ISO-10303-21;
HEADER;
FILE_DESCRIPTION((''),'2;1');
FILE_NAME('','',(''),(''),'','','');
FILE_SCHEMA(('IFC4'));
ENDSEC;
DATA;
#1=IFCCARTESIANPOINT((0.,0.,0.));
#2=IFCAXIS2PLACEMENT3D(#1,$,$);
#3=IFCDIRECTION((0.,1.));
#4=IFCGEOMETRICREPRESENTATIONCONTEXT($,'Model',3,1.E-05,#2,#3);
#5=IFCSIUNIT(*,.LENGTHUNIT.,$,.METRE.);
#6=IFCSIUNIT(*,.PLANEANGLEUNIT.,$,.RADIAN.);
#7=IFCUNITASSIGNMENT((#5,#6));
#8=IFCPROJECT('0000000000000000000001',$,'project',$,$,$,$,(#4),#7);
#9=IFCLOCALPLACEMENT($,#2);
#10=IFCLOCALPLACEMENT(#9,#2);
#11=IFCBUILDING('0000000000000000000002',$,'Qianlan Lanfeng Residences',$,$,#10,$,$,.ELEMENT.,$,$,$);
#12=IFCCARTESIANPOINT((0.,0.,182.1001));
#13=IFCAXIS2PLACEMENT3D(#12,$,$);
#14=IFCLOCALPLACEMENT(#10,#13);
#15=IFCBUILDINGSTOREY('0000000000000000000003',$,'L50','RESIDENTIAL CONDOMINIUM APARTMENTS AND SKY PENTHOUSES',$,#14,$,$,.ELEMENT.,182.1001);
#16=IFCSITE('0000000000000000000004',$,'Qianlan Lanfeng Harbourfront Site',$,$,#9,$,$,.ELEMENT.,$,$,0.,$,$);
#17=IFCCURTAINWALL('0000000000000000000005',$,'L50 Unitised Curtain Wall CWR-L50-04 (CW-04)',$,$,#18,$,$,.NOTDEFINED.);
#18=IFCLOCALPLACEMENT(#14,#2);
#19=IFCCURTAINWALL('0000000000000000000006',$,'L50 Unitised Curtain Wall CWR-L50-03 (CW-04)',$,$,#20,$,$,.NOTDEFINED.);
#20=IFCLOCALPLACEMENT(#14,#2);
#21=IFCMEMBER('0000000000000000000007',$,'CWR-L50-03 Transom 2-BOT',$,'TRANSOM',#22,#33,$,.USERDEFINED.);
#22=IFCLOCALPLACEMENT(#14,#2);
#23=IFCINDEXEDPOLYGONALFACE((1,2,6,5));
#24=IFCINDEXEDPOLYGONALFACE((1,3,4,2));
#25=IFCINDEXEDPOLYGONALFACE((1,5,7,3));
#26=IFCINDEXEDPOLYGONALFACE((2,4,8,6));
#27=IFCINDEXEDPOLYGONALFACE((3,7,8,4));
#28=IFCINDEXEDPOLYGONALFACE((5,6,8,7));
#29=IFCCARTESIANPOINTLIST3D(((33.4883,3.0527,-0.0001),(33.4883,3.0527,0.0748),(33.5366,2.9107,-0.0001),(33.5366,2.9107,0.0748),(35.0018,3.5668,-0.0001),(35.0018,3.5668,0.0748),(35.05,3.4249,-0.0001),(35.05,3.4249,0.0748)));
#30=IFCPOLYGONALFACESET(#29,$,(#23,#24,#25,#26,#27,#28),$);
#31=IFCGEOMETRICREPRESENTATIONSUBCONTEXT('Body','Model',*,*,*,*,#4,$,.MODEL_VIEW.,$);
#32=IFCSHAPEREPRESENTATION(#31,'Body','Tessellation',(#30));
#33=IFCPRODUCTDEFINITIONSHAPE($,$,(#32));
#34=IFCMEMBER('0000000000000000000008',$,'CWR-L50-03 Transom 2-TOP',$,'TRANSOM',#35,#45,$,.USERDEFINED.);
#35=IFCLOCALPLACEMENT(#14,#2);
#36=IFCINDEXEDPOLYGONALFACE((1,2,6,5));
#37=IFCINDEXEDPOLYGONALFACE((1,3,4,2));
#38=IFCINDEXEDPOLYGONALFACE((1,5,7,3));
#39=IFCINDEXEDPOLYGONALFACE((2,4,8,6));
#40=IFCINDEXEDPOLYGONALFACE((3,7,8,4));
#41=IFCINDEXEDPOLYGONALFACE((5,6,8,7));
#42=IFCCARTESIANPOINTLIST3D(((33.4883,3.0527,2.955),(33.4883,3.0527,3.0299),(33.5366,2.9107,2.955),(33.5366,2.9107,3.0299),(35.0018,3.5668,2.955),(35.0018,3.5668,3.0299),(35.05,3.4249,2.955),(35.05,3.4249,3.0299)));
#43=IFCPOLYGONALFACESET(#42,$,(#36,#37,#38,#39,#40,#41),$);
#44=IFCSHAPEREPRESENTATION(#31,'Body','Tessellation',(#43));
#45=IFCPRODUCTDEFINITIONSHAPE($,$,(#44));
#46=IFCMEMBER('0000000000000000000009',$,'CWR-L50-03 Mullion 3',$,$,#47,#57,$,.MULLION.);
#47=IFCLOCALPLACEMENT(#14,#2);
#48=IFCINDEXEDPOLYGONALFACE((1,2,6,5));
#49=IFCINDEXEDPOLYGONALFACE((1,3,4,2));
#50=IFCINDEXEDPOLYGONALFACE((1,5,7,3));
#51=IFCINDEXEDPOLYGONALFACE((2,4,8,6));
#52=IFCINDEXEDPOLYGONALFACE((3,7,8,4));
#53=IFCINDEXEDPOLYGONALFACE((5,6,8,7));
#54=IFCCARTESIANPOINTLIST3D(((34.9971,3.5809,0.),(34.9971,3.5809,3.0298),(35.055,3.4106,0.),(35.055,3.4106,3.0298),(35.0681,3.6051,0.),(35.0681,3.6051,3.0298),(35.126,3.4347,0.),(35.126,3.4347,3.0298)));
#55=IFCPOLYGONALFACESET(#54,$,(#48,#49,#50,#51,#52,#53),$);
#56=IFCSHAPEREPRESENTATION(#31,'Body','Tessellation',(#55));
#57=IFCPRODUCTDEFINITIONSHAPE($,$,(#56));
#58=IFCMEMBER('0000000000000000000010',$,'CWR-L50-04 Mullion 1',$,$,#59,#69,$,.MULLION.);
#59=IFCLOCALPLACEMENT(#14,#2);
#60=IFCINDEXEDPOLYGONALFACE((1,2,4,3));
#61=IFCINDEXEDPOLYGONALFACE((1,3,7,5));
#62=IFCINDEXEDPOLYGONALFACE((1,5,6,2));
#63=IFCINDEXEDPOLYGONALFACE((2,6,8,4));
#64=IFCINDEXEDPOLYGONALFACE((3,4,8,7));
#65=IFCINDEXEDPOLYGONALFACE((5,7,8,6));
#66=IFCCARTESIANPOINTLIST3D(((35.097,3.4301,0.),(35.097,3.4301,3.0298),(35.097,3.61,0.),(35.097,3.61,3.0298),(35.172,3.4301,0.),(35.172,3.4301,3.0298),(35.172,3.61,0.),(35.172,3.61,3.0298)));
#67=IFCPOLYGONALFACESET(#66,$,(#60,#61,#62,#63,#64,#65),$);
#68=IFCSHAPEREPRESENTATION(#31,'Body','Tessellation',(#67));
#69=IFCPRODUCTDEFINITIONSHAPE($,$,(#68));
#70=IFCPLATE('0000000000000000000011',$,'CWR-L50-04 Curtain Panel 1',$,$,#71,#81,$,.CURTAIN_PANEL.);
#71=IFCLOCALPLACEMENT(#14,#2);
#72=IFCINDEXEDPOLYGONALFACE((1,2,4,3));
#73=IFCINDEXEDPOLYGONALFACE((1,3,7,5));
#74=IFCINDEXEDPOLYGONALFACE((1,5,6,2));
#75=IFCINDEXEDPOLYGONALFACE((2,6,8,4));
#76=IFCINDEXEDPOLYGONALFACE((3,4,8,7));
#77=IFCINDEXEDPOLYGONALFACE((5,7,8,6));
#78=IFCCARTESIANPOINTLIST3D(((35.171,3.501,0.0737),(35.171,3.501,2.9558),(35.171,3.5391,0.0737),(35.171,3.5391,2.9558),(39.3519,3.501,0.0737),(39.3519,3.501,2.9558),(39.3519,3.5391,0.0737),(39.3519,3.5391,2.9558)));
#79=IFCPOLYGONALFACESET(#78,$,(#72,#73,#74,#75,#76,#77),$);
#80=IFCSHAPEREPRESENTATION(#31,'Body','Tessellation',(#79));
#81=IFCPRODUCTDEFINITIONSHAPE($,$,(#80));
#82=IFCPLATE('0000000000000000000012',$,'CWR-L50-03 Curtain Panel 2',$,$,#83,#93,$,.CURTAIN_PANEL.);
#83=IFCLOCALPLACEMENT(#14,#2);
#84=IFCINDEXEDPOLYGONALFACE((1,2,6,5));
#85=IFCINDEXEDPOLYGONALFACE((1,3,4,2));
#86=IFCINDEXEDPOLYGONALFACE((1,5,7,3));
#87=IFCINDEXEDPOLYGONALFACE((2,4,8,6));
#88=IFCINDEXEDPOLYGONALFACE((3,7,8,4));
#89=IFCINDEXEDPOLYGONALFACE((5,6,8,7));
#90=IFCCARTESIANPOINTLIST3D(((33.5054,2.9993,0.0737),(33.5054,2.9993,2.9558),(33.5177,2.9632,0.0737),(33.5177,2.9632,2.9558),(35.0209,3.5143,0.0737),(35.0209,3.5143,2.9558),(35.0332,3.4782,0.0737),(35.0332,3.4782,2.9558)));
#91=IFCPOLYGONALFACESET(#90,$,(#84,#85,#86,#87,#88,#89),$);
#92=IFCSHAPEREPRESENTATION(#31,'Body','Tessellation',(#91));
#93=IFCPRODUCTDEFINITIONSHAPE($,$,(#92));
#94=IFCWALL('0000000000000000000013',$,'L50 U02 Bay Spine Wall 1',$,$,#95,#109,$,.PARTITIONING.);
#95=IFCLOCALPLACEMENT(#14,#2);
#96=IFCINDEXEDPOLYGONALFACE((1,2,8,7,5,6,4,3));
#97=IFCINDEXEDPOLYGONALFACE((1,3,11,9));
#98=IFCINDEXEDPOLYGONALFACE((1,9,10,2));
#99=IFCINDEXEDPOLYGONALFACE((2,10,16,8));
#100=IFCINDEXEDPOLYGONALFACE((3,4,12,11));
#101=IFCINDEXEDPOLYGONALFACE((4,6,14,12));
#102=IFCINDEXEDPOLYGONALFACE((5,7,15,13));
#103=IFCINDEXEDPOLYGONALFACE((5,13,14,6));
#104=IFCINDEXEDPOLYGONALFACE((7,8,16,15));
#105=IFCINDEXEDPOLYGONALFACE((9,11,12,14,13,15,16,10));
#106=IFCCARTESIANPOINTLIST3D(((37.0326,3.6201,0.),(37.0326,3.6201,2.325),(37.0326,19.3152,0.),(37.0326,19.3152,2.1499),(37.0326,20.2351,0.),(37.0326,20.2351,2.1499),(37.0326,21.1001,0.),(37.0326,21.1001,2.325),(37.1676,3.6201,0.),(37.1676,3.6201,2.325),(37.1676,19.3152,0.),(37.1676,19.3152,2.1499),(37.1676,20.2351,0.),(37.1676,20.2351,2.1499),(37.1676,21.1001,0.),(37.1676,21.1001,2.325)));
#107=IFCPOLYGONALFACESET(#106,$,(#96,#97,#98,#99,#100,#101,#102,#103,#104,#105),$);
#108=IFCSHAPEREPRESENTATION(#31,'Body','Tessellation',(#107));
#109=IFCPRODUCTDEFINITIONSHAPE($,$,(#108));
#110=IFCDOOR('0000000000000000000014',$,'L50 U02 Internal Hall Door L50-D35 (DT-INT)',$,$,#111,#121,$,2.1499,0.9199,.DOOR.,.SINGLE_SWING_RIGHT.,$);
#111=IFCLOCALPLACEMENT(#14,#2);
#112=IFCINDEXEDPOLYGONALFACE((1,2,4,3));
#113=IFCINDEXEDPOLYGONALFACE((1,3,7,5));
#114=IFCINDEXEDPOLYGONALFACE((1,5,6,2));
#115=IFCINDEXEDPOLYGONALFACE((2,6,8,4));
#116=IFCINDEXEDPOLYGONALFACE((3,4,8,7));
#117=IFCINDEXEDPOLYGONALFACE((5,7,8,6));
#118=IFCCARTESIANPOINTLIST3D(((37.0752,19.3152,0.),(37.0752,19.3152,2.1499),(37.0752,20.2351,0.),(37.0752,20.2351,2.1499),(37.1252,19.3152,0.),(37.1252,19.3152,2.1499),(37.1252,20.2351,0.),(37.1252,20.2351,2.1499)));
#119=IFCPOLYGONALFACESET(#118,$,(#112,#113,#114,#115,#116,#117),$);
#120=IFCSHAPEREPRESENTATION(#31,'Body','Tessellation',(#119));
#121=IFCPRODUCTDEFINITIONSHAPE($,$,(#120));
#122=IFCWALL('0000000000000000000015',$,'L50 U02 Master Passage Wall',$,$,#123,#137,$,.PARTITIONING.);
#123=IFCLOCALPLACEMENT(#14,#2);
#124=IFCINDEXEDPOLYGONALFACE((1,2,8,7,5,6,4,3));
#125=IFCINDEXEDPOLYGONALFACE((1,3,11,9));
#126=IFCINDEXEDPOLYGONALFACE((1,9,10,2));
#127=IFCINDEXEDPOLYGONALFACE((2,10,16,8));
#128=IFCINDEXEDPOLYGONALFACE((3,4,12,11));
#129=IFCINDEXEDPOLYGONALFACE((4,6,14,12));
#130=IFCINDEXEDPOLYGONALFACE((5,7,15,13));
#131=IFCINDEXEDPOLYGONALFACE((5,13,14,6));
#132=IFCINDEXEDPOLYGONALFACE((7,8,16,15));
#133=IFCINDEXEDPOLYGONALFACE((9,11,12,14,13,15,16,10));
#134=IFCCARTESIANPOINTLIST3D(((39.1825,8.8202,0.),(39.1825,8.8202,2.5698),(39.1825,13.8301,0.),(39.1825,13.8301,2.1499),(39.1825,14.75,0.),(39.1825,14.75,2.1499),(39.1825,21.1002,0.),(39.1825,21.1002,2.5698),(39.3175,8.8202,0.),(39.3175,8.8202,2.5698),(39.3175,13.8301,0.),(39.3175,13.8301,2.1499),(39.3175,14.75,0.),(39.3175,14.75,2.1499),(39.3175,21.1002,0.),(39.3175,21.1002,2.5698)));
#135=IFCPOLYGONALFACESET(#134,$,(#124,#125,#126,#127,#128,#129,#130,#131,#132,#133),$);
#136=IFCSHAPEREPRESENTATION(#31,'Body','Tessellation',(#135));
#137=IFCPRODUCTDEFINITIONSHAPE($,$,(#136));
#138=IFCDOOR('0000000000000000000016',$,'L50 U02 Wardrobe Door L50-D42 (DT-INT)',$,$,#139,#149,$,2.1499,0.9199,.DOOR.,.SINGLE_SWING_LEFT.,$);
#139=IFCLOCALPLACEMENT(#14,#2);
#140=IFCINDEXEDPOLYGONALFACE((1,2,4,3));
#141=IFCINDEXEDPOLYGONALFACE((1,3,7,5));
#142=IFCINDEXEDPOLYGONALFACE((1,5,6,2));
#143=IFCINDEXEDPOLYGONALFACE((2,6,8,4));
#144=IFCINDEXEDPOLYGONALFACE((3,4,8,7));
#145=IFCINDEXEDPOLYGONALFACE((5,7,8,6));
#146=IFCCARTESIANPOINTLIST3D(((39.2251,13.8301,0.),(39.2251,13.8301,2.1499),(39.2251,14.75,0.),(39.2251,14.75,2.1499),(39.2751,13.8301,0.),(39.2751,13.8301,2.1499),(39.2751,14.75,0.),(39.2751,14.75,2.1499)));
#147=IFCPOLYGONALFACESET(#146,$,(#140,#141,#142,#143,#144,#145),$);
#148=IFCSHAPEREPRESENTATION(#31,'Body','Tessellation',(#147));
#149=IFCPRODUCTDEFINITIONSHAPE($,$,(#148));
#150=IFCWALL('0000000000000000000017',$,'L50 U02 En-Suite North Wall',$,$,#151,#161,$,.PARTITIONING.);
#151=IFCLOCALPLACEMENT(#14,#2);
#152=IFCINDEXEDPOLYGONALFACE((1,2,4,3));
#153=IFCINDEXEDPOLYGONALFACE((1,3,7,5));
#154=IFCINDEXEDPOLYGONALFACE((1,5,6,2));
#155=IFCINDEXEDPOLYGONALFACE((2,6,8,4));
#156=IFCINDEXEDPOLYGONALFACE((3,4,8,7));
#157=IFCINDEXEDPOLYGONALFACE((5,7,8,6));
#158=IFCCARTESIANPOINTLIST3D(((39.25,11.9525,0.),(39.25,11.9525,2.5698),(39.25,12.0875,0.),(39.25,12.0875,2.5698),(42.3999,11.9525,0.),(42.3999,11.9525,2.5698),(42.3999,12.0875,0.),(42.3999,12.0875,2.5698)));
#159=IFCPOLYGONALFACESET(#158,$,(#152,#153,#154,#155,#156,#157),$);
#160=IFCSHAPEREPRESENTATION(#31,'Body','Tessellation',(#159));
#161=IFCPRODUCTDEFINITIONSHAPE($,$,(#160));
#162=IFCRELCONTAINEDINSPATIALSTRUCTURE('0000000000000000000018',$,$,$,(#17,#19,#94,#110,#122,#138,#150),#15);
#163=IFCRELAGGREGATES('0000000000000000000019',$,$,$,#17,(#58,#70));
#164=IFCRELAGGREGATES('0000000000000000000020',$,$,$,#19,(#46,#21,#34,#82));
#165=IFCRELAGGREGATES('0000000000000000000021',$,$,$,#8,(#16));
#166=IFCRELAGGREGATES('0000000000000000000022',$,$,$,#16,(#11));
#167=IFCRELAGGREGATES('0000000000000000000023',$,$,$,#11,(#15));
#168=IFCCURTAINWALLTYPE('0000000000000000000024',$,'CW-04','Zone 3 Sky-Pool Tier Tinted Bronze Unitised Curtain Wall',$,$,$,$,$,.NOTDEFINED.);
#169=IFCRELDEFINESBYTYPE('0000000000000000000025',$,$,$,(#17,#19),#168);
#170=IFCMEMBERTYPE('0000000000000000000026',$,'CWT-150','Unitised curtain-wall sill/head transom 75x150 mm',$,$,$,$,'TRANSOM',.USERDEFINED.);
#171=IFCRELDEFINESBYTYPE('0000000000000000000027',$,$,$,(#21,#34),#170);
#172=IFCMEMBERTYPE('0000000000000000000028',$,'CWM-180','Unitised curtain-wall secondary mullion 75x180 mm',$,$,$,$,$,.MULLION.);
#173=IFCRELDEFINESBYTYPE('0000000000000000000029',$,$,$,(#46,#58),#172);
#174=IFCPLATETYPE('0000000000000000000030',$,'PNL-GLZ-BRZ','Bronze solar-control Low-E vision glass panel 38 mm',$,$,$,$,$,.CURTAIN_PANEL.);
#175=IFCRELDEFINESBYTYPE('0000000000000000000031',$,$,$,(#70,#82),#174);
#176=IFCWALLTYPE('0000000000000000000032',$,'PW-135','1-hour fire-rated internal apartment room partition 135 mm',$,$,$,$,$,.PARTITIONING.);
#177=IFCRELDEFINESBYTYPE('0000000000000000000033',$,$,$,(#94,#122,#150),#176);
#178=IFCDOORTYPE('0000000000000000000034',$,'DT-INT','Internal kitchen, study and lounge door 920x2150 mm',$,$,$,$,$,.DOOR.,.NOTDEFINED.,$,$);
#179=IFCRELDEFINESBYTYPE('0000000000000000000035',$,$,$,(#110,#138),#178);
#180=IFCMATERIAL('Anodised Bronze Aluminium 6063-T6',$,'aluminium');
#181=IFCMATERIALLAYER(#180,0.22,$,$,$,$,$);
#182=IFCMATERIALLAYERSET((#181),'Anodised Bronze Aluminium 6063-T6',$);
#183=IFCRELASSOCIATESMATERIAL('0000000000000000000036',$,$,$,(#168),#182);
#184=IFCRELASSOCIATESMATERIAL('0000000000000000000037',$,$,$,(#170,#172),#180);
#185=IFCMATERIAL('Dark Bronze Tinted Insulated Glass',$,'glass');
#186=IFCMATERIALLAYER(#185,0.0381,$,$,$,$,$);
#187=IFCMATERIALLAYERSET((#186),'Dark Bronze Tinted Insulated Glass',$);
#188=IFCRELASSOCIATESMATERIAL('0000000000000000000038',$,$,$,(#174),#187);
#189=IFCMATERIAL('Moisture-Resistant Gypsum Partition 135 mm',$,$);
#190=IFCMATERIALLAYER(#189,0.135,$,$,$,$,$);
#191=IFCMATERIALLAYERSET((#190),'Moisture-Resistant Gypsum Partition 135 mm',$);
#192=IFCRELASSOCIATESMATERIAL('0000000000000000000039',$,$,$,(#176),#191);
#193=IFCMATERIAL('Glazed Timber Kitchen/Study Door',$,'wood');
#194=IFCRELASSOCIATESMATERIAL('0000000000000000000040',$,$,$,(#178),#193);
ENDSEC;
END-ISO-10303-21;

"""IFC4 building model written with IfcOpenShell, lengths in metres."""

from ifc_helpers import new_model, si_unit, direction, frame, frame_2d, origin, origin_2d, place, context, subcontext, project, spatial, rectangle, extrude, source, transform, mapped, material, layer, layer_set, material_profile, profile_set, type_object, element, fill, aggregate, save


model = new_model("IFC4")

# Units and contexts
model_context = context("Model", 3, precision=1e-05, world=origin(), true_north=direction((0.0, 1.0)))
body_context = subcontext(model_context, "Body", "Model", "MODEL_VIEW")
ifc_project = project(units=[si_unit("LENGTHUNIT", "METRE"), si_unit("PLANEANGLEUNIT", "RADIAN")], contexts=[model_context])

# Site, building, storey
site_placement = place(None, origin())
site = spatial("IfcSite", under=ifc_project, at=site_placement, Name="Qianlan Lanfeng Harbourfront Site", CompositionType="ELEMENT", RefElevation=0.0)
building_placement = place(site_placement, origin())
building = spatial("IfcBuilding", under=site, at=building_placement, Name="Qianlan Lanfeng Residences", CompositionType="ELEMENT")
storey_placement = place(building_placement, frame((0.0, 0.0, 182.1001)))
storey = spatial("IfcBuildingStorey", under=building, at=storey_placement, Name="L50", Description="RESIDENTIAL CONDOMINIUM APARTMENTS AND SKY PENTHOUSES", CompositionType="ELEMENT", Elevation=182.1001)

# Curtain walls, members
ifc_material_1 = material(Name="Anodised Bronze Aluminium 6063-T6", Category="aluminium")
ifc_layer_1 = layer(ifc_material_1, 0.22)
ifc_layer_set_1 = layer_set([ifc_layer_1], Name="Anodised Bronze Aluminium 6063-T6")
curtain_wall_type = type_object("IfcCurtainWallType", Name="CW-04", Description="Zone 3 Sky-Pool Tier Tinted Bronze Unitised Curtain Wall", PredefinedType="NOTDEFINED", material=ifc_layer_set_1)
curtain_wall_1_placement = place(storey_placement, origin())
curtain_wall_1 = element("IfcCurtainWall", 1, at=curtain_wall_1_placement, inside=storey, type_object=curtain_wall_type, Name="L50 Unitised Curtain Wall CWR-L50-04 (CW-04)", PredefinedType="NOTDEFINED")
ifc_material_profile_1 = material_profile(ifc_material_1, rectangle(XDim=0.075, YDim=0.1499, at=origin_2d()), Name="ALU TRANSOM 75x150")
ifc_profile_set_1 = profile_set([ifc_material_profile_1], Name="Anodised Bronze Aluminium 6063-T6")
member_type_1 = type_object("IfcMemberType", Name="CWT-150", Description="Unitised curtain-wall sill/head transom 75x150 mm", ElementType="TRANSOM", PredefinedType="USERDEFINED", material=ifc_profile_set_1)
curtain_wall_2_placement = place(storey_placement, origin())
curtain_wall_2 = element("IfcCurtainWall", 2, at=curtain_wall_2_placement, inside=storey, type_object=curtain_wall_type, Name="L50 Unitised Curtain Wall CWR-L50-03 (CW-04)", PredefinedType="NOTDEFINED")
shared_shape_1 = source(origin(), body_context, "Body", "SweptSolid", [
    extrude(rectangle(XDim=0.075, YDim=0.1499, at=origin_2d()), origin(), (0.0, 0.0, 1.0), 1.5984),
])
member_1_placement = place(storey_placement, frame((33.5125, 2.9817, 0.0374), z_axis=(0.94685, 0.321675, 0.0), x_axis=(0.0, 0.0, 1.0)))
member_1 = element("IfcMember", 3, at=member_1_placement, type_object=member_type_1, Name="CWR-L50-03 Transom 2-BOT", ObjectType="TRANSOM", PredefinedType="USERDEFINED", context=body_context, shape_type="MappedRepresentation", body=[
    mapped(shared_shape_1, transform((0.0, 0.0, 0.0), scale=1.0)),
])
member_2_placement = place(storey_placement, frame((33.5125, 2.9817, 2.9924), z_axis=(0.94685, 0.321675, 0.0), x_axis=(0.0, 0.0, 1.0)))
member_2 = element("IfcMember", 4, at=member_2_placement, type_object=member_type_1, Name="CWR-L50-03 Transom 2-TOP", ObjectType="TRANSOM", PredefinedType="USERDEFINED", context=body_context, shape_type="MappedRepresentation", body=[
    mapped(shared_shape_1, transform((0.0, 0.0, 0.0), scale=1.0)),
])
ifc_material_profile_2 = material_profile(ifc_material_1, rectangle(XDim=0.075, YDim=0.1799, at=origin_2d()), Name="ALU MULLION 75x180")
ifc_profile_set_2 = profile_set([ifc_material_profile_2], Name="Anodised Bronze Aluminium 6063-T6")
member_type_2 = type_object("IfcMemberType", Name="CWM-180", Description="Unitised curtain-wall secondary mullion 75x180 mm", PredefinedType="MULLION", material=ifc_profile_set_2)
shared_shape_2 = source(origin(), body_context, "Body", "SweptSolid", [
    extrude(rectangle(XDim=0.075, YDim=0.1799, at=origin_2d()), origin(), (0.0, 0.0, 1.0), 3.0298),
])
member_3_placement = place(storey_placement, frame((35.0615, 3.5078, 0.0), z_axis=(0.0, 0.0, 1.0), x_axis=(0.946826, 0.321745, 0.0)))
member_3 = element("IfcMember", 5, at=member_3_placement, type_object=member_type_2, Name="CWR-L50-03 Mullion 3", PredefinedType="MULLION", context=body_context, shape_type="MappedRepresentation", body=[
    mapped(shared_shape_2, transform((0.0, 0.0, 0.0), scale=1.0)),
])

# Member
member_4_placement = place(storey_placement, frame((35.1345, 3.52, 0.0), z_axis=(0.0, 0.0, 1.0), x_axis=(1.0, 0.0, 0.0)))
member_4 = element("IfcMember", 6, at=member_4_placement, type_object=member_type_2, Name="CWR-L50-04 Mullion 1", PredefinedType="MULLION", context=body_context, shape_type="MappedRepresentation", body=[
    mapped(shared_shape_2, transform((0.0, 0.0, 0.0), scale=1.0)),
])

# Plates
ifc_material_2 = material(Name="Dark Bronze Tinted Insulated Glass", Category="glass")
ifc_layer_2 = layer(ifc_material_2, 0.0381)
ifc_layer_set_2 = layer_set([ifc_layer_2], Name="Dark Bronze Tinted Insulated Glass")
plate_type = type_object("IfcPlateType", Name="PNL-GLZ-BRZ", Description="Bronze solar-control Low-E vision glass panel 38 mm", PredefinedType="CURTAIN_PANEL", material=ifc_layer_set_2)
shared_shape_3 = source(origin(), body_context, "Body", "SweptSolid", [
    extrude(rectangle(XDim=4.1809, YDim=0.0381, at=origin_2d()), origin(), (0.0, 0.0, 1.0), 2.8821),
])
plate_1_placement = place(storey_placement, frame((37.2615, 3.52, 0.0737), z_axis=(0.0, 0.0, 1.0), x_axis=(1.0, 0.0, 0.0)))
plate_1 = element("IfcPlate", 7, at=plate_1_placement, type_object=plate_type, Name="CWR-L50-04 Curtain Panel 1", PredefinedType="CURTAIN_PANEL", context=body_context, shape_type="MappedRepresentation", body=[
    mapped(shared_shape_3, transform((0.0, 0.0, 0.0), scale=1.0)),
])
aggregate(curtain_wall_1, [member_4, plate_1])
shared_shape_4 = source(origin(), body_context, "Body", "SweptSolid", [
    extrude(rectangle(XDim=1.6006, YDim=0.0381, at=origin_2d()), origin(), (0.0, 0.0, 1.0), 2.8821),
])
plate_2_placement = place(storey_placement, frame((34.2693, 3.2388, 0.0737), z_axis=(0.0, 0.0, 1.0), x_axis=(0.946826, 0.321745, 0.0)))
plate_2 = element("IfcPlate", 8, at=plate_2_placement, type_object=plate_type, Name="CWR-L50-03 Curtain Panel 2", PredefinedType="CURTAIN_PANEL", context=body_context, shape_type="MappedRepresentation", body=[
    mapped(shared_shape_4, transform((0.0, 0.0, 0.0), scale=1.0)),
])
aggregate(curtain_wall_2, [member_3, member_1, member_2, plate_2])

# Wall, opening, door
ifc_material_3 = material(Name="Moisture-Resistant Gypsum Partition 135 mm")
ifc_layer_3 = layer(ifc_material_3, 0.135)
ifc_layer_set_3 = layer_set([ifc_layer_3], Name="Moisture-Resistant Gypsum Partition 135 mm")
wall_type = type_object("IfcWallType", Name="PW-135", Description="1-hour fire-rated internal apartment room partition 135 mm", PredefinedType="PARTITIONING", material=ifc_layer_set_3)
wall_1_placement = place(storey_placement, frame((37.1001, 3.6201, 0.0), z_axis=(0.0, 0.0, 1.0), x_axis=(0.0, 1.0, 0.0)))
wall_1 = element("IfcWall", 9, at=wall_1_placement, inside=storey, type_object=wall_type, Name="L50 U02 Bay Spine Wall 1", PredefinedType="PARTITIONING", context=body_context, shape_type="SweptSolid", body=[
    extrude(rectangle(XDim=17.48, YDim=0.135, at=frame_2d((8.74, 0.0))), origin(), (0.0, 0.0, 1.0), 2.325),
])
opening_1_placement = place(wall_1_placement, frame((15.6951, 0.0, 0.0)))
opening_1 = element("IfcOpeningElement", 10, at=opening_1_placement, cuts=wall_1, PredefinedType="OPENING", context=body_context, shape_type="SweptSolid", body=[
    extrude(rectangle(XDim=0.9199, YDim=2.1499, at=frame_2d((0.46, 1.075))), frame((0.0, 0.0776, 0.0), z_axis=(0.0, -1.0, 0.0), x_axis=(1.0, 0.0, 0.0)), (0.0, 0.0, 1.0), 0.155),
])
ifc_material_4 = material(Name="Glazed Timber Kitchen/Study Door", Category="wood")
door_type_1 = type_object("IfcDoorType", Name="DT-INT", Description="Internal kitchen, study and lounge door 920x2150 mm", OperationType="NOTDEFINED", PredefinedType="DOOR", material=ifc_material_4)
door_1_placement = place(opening_1_placement, origin())
door_1 = element("IfcDoor", 11, at=door_1_placement, inside=storey, type_object=door_type_1, Name="L50 U02 Internal Hall Door L50-D35 (DT-INT)", OperationType="SINGLE_SWING_RIGHT", OverallHeight=2.1499, OverallWidth=0.9199, PredefinedType="DOOR", context=body_context, shape_type="SweptSolid", body=[
    extrude(rectangle(XDim=0.9199, YDim=2.1499, at=frame_2d((0.46, 1.075))), frame((0.0, 0.0249, 0.0), z_axis=(0.0, -1.0, 0.0), x_axis=(1.0, 0.0, 0.0)), (0.0, 0.0, 1.0), 0.05),
])
fill(opening_1, door_1)

# Wall, opening, door
wall_2_placement = place(storey_placement, frame((39.25, 8.8201, 0.0), z_axis=(0.0, 0.0, 1.0), x_axis=(0.0, 1.0, 0.0)))
wall_2 = element("IfcWall", 12, at=wall_2_placement, inside=storey, type_object=wall_type, Name="L50 U02 Master Passage Wall", PredefinedType="PARTITIONING", context=body_context, shape_type="SweptSolid", body=[
    extrude(rectangle(XDim=12.28, YDim=0.135, at=frame_2d((6.1401, 0.0))), origin(), (0.0, 0.0, 1.0), 2.5698),
])
opening_2_placement = place(wall_2_placement, frame((5.01, 0.0, 0.0)))
opening_2 = element("IfcOpeningElement", 13, at=opening_2_placement, cuts=wall_2, PredefinedType="OPENING", context=body_context, shape_type="SweptSolid", body=[
    extrude(rectangle(XDim=0.9199, YDim=2.1499, at=frame_2d((0.46, 1.075))), frame((0.0, 0.0776, 0.0), z_axis=(0.0, -1.0, 0.0), x_axis=(1.0, 0.0, 0.0)), (0.0, 0.0, 1.0), 0.155),
])
door_2_placement = place(opening_2_placement, origin())
door_2 = element("IfcDoor", 14, at=door_2_placement, inside=storey, type_object=door_type_1, Name="L50 U02 Wardrobe Door L50-D42 (DT-INT)", OperationType="SINGLE_SWING_LEFT", OverallHeight=2.1499, OverallWidth=0.9199, PredefinedType="DOOR", context=body_context, shape_type="SweptSolid", body=[
    extrude(rectangle(XDim=0.9199, YDim=2.1499, at=frame_2d((0.46, 1.075))), frame((0.0, 0.0249, 0.0), z_axis=(0.0, -1.0, 0.0), x_axis=(1.0, 0.0, 0.0)), (0.0, 0.0, 1.0), 0.05),
])
fill(opening_2, door_2)

# Wall
wall_3_placement = place(storey_placement, frame((39.25, 12.02, 0.0), z_axis=(0.0, 0.0, 1.0), x_axis=(1.0, 0.0, 0.0)))
element("IfcWall", 15, at=wall_3_placement, inside=storey, type_object=wall_type, Name="L50 U02 En-Suite North Wall", PredefinedType="PARTITIONING", context=body_context, shape_type="SweptSolid", body=[
    extrude(rectangle(XDim=3.1499, YDim=0.135, at=frame_2d((1.575, 0.0))), origin(), (0.0, 0.0, 1.0), 2.5698),
])

save(model, "model.ifc")
